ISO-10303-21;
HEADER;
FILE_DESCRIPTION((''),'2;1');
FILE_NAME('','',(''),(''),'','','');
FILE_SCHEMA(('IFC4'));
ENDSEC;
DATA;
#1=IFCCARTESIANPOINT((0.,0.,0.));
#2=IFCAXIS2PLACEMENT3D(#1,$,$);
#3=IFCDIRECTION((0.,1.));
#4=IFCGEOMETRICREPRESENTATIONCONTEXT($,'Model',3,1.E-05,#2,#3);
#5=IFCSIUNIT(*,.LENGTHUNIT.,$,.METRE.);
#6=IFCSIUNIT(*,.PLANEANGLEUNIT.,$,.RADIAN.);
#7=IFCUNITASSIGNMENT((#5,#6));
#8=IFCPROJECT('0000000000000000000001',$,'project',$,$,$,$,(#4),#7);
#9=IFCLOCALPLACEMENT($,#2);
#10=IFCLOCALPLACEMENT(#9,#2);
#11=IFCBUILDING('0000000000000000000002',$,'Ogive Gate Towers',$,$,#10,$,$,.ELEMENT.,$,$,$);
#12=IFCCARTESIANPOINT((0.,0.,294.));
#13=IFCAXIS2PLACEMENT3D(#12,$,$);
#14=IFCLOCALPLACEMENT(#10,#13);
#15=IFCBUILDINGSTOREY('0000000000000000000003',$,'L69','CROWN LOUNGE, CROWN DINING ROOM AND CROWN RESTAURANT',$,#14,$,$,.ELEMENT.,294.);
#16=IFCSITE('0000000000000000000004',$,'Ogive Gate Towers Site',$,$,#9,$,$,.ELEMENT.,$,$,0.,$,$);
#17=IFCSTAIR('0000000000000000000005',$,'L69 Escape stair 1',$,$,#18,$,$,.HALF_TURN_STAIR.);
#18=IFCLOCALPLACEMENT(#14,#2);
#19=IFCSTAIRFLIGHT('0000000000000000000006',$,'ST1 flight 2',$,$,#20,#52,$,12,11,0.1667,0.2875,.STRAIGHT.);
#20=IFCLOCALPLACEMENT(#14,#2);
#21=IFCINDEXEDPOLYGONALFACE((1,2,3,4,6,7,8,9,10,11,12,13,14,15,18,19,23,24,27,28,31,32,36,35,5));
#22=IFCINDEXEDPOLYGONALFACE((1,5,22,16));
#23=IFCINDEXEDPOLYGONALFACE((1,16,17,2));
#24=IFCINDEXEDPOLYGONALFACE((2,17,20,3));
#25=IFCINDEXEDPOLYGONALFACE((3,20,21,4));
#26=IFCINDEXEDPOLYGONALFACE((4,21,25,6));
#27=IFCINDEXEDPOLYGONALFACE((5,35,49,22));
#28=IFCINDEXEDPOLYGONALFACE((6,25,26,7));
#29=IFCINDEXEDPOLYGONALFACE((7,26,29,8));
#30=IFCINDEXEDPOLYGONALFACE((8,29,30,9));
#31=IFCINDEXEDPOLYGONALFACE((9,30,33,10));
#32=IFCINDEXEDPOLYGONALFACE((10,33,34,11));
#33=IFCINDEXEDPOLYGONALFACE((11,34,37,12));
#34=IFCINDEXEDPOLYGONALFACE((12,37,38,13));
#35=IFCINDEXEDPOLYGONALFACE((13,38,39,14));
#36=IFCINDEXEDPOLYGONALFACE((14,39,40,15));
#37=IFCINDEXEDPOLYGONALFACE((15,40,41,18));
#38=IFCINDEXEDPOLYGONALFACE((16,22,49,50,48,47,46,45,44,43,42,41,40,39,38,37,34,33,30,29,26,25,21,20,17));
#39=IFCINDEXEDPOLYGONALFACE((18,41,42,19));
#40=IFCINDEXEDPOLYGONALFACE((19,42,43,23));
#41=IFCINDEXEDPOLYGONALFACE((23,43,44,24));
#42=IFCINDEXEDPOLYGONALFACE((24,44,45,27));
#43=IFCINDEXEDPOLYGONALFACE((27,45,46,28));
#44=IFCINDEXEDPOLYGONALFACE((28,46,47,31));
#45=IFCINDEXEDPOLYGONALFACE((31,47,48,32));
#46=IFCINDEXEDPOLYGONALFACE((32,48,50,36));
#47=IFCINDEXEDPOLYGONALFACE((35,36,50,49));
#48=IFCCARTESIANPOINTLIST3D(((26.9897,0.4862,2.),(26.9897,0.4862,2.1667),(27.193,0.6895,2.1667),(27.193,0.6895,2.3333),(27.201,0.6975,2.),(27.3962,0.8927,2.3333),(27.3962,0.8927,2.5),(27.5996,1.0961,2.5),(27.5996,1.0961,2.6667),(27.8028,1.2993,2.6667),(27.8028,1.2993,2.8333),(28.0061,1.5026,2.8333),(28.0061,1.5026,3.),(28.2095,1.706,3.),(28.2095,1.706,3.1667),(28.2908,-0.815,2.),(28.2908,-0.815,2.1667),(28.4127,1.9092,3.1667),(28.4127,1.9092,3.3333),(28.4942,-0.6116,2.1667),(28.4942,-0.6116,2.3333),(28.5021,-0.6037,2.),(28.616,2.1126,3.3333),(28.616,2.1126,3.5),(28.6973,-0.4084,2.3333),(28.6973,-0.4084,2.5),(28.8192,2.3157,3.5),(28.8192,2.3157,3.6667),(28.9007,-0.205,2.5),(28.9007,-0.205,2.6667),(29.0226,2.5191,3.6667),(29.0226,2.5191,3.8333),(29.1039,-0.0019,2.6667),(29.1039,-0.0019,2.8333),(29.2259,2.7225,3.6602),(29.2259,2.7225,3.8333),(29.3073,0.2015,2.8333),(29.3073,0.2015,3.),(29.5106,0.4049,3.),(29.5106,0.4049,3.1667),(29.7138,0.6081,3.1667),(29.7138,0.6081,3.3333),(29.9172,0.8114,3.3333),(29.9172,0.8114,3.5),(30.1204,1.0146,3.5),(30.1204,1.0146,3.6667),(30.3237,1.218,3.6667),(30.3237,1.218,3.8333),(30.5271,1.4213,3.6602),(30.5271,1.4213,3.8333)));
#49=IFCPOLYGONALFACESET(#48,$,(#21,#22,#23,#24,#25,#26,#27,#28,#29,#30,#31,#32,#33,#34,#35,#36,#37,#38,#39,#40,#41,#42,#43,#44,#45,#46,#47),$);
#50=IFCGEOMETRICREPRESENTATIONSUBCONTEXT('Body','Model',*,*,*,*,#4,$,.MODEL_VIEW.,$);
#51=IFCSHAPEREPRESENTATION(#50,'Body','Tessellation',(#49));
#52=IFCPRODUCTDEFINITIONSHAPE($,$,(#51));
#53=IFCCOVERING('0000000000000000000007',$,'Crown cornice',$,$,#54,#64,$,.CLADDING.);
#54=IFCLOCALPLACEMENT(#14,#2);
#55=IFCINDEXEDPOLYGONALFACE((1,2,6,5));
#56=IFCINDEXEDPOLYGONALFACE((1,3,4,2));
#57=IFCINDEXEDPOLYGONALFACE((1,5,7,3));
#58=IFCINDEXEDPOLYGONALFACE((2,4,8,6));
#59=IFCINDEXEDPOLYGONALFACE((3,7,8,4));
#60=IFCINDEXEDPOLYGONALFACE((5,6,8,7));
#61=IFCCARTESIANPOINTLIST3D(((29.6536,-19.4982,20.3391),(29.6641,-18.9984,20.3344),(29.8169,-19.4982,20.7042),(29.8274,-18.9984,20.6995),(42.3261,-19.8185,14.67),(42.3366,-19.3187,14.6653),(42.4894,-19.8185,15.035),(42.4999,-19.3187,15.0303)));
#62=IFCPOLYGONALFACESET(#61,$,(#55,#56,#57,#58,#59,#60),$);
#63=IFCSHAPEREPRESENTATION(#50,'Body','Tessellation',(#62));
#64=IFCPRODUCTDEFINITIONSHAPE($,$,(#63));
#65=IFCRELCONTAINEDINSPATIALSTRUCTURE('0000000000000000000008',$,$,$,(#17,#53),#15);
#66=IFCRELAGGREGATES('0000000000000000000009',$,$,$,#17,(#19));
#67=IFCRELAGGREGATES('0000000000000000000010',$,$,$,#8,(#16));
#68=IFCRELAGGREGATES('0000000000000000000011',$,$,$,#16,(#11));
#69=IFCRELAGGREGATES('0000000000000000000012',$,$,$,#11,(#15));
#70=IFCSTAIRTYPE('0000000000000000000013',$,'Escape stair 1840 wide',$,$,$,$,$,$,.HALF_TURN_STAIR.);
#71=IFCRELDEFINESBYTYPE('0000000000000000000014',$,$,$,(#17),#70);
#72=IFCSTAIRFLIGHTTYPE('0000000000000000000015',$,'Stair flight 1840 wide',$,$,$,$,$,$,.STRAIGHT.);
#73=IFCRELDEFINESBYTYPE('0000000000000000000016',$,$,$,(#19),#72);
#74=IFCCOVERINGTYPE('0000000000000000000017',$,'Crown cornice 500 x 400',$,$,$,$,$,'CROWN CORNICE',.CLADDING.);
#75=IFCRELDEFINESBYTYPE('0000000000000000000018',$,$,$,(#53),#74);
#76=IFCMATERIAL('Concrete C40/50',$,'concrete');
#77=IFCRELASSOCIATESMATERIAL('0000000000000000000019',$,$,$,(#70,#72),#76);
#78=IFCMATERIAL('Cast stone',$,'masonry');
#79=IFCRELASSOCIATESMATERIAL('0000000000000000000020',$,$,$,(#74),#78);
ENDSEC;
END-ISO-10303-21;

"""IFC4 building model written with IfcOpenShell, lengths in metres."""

from ifc_helpers import new_model, si_unit, direction, frame, origin, origin_2d, place, context, subcontext, project, spatial, polyline, rectangle, outline, extrude, material, material_profile, profile_set, type_object, element, aggregate, save


model = new_model("IFC4")

# Units and contexts
model_context = context("Model", 3, precision=1e-05, world=origin(), true_north=direction((0.0, 1.0)))
body_context = subcontext(model_context, "Body", "Model", "MODEL_VIEW")
ifc_project = project(units=[si_unit("LENGTHUNIT", "METRE"), si_unit("PLANEANGLEUNIT", "RADIAN")], contexts=[model_context])

# Site, building, storey
site_placement = place(None, origin())
site = spatial("IfcSite", under=ifc_project, at=site_placement, Name="Ogive Gate Towers Site", CompositionType="ELEMENT", RefElevation=0.0)
building_placement = place(site_placement, origin())
building = spatial("IfcBuilding", under=site, at=building_placement, Name="Ogive Gate Towers", CompositionType="ELEMENT")
storey_placement = place(building_placement, frame((0.0, 0.0, 294.0)))
storey = spatial("IfcBuildingStorey", under=building, at=storey_placement, Name="L69", Description="CROWN LOUNGE, CROWN DINING ROOM AND CROWN RESTAURANT", CompositionType="ELEMENT", Elevation=294.0)

# Stair, stair flight
ifc_material_1 = material(Name="Concrete C40/50", Category="concrete")
stair_type = type_object("IfcStairType", Name="Escape stair 1840 wide", PredefinedType="HALF_TURN_STAIR", material=ifc_material_1)
stair_placement = place(storey_placement, origin())
stair = element("IfcStair", 1, at=stair_placement, inside=storey, type_object=stair_type, Name="L69 Escape stair 1", PredefinedType="HALF_TURN_STAIR")
stair_flight_type = type_object("IfcStairFlightType", Name="Stair flight 1840 wide", PredefinedType="STRAIGHT", material=ifc_material_1)
stair_flight_placement = place(storey_placement, frame((27.6401, -0.1643, 2.0), z_axis=(0.0, 0.0, 1.0), x_axis=(0.707107, 0.707107, 0.0)))
stair_flight = element("IfcStairFlight", 2, at=stair_flight_placement, type_object=stair_flight_type, Name="ST1 flight 2", NumberOfRisers=12, NumberOfTreads=11, PredefinedType="STRAIGHT", RiserHeight=0.1667, TreadLength=0.2875, context=body_context, shape_type="SweptSolid", body=[
    extrude(outline(polyline([(0.0, 0.0), (0.0, 0.1667), (0.2876, 0.1667), (0.2876, 0.3333), (0.575, 0.3333), (0.575, 0.5), (0.8625, 0.5), (0.8625, 0.6667), (1.1499, 0.6667), (1.1499, 0.8333), (1.4375, 0.8333), (1.4375, 1.0), (1.7251, 1.0), (1.7251, 1.1667), (2.0125, 1.1667), (2.0125, 1.3333), (2.3, 1.3333), (2.3, 1.5), (2.5874, 1.5), (2.5874, 1.6667), (2.875, 1.6667), (2.875, 1.8333), (3.1626, 1.8333), (3.1626, 2.0), (3.1626, 1.6602), (0.2988, 0.0), (0.0, 0.0)])), frame((0.0, 0.9199, 0.0), z_axis=(0.0, -1.0, 0.0), x_axis=(1.0, 0.0, 0.0)), (0.0, 0.0, 1.0), 1.8401),
])
aggregate(stair, [stair_flight])

# Covering
ifc_material_2 = material(Name="Cast stone", Category="masonry")
ifc_material_profile_1 = material_profile(ifc_material_2, rectangle(XDim=0.5, YDim=0.3999, at=origin_2d()), Name="500 x 400 cast stone")
ifc_profile_set_1 = profile_set([ifc_material_profile_1], Name="Cast stone")
covering_type = type_object("IfcCoveringType", Name="Crown cornice 500 x 400", ElementType="CROWN CORNICE", PredefinedType="CLADDING", material=ifc_profile_set_1)
covering_placement = place(storey_placement, frame((29.7405, -19.2483, 20.5193), z_axis=(0.912579, -0.023066, -0.408249), x_axis=(-0.021057, -0.999734, 0.009416)))
element("IfcCovering", 3, at=covering_placement, inside=storey, type_object=covering_type, Name="Crown cornice", PredefinedType="CLADDING", context=body_context, shape_type="SweptSolid", body=[
    extrude(rectangle(XDim=0.5, YDim=0.3999, at=origin_2d()), origin(), (0.0, 0.0, 1.0), 13.8865),
])

save(model, "model.ifc")
